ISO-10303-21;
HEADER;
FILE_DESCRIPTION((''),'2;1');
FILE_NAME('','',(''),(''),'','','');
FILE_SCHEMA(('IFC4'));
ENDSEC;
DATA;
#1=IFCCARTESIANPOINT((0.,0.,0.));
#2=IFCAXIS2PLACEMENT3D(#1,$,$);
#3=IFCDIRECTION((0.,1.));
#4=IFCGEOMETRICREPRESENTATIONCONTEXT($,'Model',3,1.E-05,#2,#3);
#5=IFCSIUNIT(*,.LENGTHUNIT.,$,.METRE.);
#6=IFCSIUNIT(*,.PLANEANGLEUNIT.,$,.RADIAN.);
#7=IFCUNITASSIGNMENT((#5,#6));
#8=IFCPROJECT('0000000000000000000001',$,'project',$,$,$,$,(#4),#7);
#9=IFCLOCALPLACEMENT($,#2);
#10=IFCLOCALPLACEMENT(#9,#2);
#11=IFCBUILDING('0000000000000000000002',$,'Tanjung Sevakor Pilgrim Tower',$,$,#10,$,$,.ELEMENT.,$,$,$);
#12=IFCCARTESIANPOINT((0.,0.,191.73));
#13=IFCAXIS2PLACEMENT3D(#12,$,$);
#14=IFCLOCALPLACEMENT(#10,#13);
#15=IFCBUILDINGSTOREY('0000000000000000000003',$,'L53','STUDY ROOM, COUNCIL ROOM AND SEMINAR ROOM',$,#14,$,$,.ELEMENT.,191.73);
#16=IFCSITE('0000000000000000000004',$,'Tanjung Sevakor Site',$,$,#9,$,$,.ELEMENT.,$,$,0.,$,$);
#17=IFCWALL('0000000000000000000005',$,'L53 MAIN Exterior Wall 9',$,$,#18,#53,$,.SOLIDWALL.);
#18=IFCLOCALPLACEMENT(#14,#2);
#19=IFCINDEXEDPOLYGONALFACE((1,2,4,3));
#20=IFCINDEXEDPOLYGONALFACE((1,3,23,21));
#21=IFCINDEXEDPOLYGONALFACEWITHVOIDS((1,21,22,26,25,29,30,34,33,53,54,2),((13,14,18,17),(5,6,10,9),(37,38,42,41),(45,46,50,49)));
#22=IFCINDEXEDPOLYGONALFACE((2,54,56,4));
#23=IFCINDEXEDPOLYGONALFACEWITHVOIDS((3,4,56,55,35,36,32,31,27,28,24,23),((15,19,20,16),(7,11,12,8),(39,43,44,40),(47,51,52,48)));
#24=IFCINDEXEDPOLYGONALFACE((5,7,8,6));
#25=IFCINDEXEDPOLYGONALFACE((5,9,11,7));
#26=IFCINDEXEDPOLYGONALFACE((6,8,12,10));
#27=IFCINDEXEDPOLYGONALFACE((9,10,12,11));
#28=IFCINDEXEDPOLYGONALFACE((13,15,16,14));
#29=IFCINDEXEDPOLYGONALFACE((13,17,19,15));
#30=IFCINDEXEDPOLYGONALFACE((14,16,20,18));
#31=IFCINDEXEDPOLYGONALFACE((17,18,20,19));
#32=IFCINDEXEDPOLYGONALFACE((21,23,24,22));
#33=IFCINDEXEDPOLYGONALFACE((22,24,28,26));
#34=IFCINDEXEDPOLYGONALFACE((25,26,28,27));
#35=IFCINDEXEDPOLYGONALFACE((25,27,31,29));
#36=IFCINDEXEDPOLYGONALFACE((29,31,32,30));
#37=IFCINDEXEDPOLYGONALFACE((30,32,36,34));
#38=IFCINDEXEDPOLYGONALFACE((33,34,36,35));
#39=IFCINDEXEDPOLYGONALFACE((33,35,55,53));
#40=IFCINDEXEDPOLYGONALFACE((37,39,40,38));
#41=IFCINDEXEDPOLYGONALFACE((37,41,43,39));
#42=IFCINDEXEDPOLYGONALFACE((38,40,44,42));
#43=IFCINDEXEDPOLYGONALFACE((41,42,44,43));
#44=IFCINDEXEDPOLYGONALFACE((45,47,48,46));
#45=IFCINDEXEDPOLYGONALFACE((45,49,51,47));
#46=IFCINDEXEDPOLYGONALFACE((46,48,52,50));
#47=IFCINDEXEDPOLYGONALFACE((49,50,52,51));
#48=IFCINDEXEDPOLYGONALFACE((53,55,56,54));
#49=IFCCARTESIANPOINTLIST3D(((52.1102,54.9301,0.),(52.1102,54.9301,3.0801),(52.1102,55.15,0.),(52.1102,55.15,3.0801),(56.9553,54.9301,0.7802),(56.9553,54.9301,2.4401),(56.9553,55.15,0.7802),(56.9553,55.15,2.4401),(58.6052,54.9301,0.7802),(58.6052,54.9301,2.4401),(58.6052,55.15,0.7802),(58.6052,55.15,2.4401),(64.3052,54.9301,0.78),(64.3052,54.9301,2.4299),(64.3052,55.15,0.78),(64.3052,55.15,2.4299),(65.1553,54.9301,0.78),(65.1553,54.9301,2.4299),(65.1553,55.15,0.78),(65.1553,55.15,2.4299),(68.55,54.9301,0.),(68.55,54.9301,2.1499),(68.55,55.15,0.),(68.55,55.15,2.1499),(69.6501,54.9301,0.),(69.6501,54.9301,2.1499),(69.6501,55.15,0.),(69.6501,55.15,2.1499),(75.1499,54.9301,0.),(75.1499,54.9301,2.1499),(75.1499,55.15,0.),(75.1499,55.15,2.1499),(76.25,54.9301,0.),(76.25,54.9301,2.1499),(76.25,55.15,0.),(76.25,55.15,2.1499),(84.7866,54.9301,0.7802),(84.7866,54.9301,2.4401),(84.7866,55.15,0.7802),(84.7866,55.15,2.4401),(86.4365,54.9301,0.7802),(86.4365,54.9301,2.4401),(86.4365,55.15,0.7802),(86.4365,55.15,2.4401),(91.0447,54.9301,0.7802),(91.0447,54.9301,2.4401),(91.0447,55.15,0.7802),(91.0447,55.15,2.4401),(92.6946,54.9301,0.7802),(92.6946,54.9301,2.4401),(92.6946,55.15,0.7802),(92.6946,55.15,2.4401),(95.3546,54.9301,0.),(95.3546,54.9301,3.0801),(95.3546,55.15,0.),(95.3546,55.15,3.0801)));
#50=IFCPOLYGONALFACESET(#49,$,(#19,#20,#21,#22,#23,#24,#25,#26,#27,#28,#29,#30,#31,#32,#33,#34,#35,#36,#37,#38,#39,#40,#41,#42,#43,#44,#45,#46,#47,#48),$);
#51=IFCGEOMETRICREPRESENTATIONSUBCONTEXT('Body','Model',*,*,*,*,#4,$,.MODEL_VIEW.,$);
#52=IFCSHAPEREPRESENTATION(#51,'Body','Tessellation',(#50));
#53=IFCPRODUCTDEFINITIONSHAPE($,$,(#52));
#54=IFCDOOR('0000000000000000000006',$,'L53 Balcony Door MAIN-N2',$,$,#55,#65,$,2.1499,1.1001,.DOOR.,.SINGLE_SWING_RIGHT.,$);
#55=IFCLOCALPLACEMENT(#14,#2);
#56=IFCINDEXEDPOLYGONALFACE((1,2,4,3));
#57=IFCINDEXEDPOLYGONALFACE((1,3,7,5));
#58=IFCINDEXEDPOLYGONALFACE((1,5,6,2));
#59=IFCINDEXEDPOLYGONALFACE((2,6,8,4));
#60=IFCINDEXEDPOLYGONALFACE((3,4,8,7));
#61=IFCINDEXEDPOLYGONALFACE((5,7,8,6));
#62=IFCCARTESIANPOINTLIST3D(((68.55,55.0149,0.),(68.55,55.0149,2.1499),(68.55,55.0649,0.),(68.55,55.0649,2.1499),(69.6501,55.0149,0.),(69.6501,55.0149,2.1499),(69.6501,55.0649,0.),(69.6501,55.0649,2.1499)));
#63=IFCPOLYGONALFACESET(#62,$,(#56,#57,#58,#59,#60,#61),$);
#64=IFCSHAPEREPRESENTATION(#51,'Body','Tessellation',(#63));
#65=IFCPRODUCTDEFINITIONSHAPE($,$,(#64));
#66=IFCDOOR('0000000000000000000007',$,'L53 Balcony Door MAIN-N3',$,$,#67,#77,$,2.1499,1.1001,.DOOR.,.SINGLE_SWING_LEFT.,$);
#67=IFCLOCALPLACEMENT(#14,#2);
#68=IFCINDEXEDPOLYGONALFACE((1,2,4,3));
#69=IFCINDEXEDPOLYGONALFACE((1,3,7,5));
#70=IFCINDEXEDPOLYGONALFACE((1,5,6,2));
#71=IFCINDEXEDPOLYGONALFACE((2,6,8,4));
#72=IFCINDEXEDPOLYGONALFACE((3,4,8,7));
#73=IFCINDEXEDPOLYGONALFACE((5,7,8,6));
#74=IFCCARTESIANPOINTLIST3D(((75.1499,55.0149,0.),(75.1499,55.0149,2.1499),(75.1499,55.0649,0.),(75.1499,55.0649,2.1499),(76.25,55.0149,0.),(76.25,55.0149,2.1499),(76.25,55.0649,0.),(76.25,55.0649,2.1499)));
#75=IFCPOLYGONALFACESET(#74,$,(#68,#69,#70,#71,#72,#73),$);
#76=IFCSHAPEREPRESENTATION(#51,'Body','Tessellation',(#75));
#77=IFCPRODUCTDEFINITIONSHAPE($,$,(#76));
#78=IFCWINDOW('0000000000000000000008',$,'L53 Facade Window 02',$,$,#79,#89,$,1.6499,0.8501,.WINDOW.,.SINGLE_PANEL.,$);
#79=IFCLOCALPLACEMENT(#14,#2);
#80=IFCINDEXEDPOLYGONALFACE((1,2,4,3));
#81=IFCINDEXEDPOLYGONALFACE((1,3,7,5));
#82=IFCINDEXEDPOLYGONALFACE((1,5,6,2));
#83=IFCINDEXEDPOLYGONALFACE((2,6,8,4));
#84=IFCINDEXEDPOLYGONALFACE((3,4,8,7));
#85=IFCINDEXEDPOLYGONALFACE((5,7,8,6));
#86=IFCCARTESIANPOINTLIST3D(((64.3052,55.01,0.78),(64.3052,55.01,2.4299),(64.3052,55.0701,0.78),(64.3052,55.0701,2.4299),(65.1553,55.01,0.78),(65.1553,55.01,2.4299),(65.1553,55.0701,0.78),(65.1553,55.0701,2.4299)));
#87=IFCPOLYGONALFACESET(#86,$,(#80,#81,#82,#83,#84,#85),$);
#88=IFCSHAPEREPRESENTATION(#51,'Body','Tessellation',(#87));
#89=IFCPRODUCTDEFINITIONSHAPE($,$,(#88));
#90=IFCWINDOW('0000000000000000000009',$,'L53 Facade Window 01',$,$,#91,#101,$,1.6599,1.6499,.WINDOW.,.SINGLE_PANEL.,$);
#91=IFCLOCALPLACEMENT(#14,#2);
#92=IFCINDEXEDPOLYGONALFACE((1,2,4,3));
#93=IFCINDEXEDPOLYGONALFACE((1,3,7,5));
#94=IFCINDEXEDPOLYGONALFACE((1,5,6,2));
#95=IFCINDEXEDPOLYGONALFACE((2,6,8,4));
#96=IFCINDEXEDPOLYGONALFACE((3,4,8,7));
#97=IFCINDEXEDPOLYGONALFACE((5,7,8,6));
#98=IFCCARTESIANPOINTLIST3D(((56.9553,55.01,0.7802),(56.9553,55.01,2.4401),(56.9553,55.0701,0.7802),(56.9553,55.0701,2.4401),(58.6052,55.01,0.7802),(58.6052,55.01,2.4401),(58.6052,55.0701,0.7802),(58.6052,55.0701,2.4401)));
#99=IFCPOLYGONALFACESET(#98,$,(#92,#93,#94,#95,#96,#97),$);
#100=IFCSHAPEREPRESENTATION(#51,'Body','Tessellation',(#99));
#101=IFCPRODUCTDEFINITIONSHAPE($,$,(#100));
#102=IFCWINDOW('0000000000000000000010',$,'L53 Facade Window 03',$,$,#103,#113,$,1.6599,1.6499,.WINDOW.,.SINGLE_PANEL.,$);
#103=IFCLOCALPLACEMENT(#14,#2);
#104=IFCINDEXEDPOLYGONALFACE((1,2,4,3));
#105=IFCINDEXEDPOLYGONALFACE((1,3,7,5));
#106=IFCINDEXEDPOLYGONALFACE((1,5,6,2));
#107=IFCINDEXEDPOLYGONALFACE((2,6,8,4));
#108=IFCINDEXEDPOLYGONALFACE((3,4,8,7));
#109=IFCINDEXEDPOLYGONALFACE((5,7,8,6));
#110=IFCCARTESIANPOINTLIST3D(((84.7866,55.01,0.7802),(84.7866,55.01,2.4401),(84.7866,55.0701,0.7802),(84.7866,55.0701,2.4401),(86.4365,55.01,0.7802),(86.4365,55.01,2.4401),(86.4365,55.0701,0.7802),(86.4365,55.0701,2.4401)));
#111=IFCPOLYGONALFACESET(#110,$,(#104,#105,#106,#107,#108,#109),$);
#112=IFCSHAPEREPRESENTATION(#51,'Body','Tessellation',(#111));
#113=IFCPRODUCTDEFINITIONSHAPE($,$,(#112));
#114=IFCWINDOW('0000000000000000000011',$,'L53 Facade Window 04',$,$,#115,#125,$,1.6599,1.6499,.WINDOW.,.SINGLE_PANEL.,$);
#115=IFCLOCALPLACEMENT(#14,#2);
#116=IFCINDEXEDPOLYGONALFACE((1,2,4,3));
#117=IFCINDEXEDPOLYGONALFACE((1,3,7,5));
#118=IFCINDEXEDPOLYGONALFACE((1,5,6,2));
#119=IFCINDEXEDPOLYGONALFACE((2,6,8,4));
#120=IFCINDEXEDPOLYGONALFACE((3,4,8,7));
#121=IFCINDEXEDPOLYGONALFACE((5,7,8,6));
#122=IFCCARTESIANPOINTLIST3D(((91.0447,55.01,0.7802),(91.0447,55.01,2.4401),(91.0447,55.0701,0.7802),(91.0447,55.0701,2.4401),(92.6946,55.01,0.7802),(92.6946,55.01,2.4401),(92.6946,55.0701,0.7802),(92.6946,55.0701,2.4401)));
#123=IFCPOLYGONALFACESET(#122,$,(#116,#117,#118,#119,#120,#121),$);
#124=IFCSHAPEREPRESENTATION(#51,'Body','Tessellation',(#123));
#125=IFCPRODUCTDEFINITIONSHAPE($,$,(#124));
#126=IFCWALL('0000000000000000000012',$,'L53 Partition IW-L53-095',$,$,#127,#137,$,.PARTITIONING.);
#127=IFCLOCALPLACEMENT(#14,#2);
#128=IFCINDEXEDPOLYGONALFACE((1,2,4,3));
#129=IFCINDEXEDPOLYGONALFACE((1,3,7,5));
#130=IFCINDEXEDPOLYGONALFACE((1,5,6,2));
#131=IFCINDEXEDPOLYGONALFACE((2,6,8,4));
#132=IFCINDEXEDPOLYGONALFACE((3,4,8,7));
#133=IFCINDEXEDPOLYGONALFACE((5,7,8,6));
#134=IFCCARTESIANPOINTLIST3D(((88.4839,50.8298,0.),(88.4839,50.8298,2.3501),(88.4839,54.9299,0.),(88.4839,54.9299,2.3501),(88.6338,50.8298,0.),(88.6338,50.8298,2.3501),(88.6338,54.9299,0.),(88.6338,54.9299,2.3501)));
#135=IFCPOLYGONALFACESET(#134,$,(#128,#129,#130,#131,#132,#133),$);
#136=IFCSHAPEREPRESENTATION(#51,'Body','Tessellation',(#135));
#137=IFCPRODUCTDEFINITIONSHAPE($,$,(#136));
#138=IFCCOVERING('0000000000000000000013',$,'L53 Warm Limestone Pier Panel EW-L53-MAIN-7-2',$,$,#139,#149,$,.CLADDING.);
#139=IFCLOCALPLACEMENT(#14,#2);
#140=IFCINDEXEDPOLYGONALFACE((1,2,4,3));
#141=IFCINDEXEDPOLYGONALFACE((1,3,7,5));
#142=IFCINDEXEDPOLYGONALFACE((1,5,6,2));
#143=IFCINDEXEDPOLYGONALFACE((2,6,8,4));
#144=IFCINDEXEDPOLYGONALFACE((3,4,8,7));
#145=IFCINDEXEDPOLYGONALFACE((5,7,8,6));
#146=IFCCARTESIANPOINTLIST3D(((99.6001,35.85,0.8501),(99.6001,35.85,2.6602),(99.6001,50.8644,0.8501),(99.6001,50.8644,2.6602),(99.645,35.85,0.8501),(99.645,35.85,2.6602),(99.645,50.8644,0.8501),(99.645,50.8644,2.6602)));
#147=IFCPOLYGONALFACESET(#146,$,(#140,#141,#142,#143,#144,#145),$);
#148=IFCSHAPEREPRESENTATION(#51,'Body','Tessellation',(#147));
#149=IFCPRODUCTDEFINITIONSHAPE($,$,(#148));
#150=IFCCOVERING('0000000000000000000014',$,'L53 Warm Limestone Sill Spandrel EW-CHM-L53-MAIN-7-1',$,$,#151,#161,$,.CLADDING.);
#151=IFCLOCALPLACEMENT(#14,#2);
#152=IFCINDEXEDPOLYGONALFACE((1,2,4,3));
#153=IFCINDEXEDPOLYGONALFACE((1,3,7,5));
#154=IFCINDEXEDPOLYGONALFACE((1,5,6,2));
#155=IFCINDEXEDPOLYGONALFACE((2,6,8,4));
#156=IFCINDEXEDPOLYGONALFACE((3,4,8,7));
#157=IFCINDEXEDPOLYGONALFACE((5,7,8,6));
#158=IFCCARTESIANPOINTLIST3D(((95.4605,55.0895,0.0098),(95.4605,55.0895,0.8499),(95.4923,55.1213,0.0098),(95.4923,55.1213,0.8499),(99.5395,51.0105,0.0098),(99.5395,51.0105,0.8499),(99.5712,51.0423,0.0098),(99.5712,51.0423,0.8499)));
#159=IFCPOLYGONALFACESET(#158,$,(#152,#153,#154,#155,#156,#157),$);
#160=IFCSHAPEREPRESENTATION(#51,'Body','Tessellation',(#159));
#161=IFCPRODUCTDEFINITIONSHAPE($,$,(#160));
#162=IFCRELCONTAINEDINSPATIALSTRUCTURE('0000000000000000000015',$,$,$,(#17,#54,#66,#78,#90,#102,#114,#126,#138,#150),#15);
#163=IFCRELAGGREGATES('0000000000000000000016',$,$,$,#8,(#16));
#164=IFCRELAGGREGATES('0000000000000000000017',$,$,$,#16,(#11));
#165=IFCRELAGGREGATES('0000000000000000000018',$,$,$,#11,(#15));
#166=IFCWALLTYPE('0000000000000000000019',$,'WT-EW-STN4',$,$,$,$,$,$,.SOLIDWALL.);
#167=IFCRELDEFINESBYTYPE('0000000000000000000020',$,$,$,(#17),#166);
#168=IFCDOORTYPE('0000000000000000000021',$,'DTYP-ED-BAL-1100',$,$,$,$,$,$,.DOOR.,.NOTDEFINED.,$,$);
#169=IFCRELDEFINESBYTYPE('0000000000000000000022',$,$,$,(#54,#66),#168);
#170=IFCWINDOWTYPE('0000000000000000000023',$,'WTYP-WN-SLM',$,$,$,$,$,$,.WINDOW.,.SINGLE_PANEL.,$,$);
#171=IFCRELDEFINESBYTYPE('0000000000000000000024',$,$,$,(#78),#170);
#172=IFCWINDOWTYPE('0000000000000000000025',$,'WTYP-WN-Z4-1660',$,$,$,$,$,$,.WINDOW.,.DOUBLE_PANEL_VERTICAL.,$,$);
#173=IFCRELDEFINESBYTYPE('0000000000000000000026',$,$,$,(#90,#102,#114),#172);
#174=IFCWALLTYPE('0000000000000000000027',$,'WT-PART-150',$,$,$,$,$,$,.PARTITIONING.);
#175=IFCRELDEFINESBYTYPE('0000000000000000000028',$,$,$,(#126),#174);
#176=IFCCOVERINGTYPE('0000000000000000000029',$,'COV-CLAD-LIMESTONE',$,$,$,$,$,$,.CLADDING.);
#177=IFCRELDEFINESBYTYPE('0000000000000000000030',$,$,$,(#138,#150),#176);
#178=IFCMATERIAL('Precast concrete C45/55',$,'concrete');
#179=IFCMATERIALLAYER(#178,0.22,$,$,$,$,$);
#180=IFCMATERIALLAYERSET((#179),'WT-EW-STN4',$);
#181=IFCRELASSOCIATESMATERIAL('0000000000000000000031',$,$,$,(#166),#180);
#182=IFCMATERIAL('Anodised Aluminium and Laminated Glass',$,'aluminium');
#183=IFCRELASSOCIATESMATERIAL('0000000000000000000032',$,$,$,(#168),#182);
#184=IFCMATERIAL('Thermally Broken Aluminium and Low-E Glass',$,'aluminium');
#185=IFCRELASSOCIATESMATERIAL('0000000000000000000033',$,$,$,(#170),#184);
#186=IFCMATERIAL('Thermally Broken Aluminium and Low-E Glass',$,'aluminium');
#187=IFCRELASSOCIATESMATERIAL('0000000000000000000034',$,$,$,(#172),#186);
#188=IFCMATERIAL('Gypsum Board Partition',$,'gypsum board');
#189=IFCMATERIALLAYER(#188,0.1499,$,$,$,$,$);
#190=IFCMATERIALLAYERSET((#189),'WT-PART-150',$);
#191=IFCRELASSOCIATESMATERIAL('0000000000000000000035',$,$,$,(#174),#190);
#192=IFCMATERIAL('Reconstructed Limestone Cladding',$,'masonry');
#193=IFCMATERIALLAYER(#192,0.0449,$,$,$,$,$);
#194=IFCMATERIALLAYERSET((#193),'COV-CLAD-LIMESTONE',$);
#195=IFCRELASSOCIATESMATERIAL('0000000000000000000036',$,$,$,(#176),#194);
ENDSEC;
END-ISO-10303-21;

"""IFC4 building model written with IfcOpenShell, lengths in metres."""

from ifc_helpers import new_model, si_unit, direction, frame, frame_2d, origin, origin_2d, place, context, subcontext, project, spatial, rectangle, extrude, material, layer, layer_set, type_object, element, fill, save


model = new_model("IFC4")

# Units and contexts
model_context = context("Model", 3, precision=1e-05, world=origin(), true_north=direction((0.0, 1.0)))
body_context = subcontext(model_context, "Body", "Model", "MODEL_VIEW")
ifc_project = project(units=[si_unit("LENGTHUNIT", "METRE"), si_unit("PLANEANGLEUNIT", "RADIAN")], contexts=[model_context])

# Site, building, storey
site_placement = place(None, origin())
site = spatial("IfcSite", under=ifc_project, at=site_placement, Name="Tanjung Sevakor Site", CompositionType="ELEMENT", RefElevation=0.0)
building_placement = place(site_placement, origin())
building = spatial("IfcBuilding", under=site, at=building_placement, Name="Tanjung Sevakor Pilgrim Tower", CompositionType="ELEMENT")
storey_placement = place(building_placement, frame((0.0, 0.0, 191.73)))
storey = spatial("IfcBuildingStorey", under=building, at=storey_placement, Name="L53", Description="STUDY ROOM, COUNCIL ROOM AND SEMINAR ROOM", CompositionType="ELEMENT", Elevation=191.73)

# Shared definitions
ifc_material_1 = material(Name="Precast concrete C45/55", Category="concrete")
ifc_layer_1 = layer(ifc_material_1, 0.22)
ifc_layer_set_1 = layer_set([ifc_layer_1], Name="WT-EW-STN4")
wall_type_1 = type_object("IfcWallType", Name="WT-EW-STN4", PredefinedType="SOLIDWALL", material=ifc_layer_set_1)

# Wall, openings, doors, windows
wall_1_placement = place(storey_placement, frame((95.3545, 55.04, 0.0), z_axis=(0.0, 0.0, 1.0), x_axis=(-1.0, 0.0, 0.0)))
wall_1 = element("IfcWall", 1, at=wall_1_placement, inside=storey, type_object=wall_type_1, Name="L53 MAIN Exterior Wall 9", PredefinedType="SOLIDWALL", context=body_context, shape_type="SweptSolid", body=[
    extrude(rectangle(XDim=43.2444, YDim=0.22, at=frame_2d((21.6221, 0.0))), origin(), (0.0, 0.0, 1.0), 3.0801),
])
opening_1_placement = place(wall_1_placement, frame((25.7043, 0.0, 0.0)))
opening_1 = element("IfcOpeningElement", 2, at=opening_1_placement, cuts=wall_1, PredefinedType="OPENING", context=body_context, shape_type="SweptSolid", body=[
    extrude(rectangle(XDim=1.1001, YDim=2.1499, at=frame_2d((0.55, 1.075))), frame((0.0, 0.1199, 0.0), z_axis=(0.0, -1.0, 0.0), x_axis=(1.0, 0.0, 0.0)), (0.0, 0.0, 1.0), 0.24),
])
opening_2_placement = place(wall_1_placement, frame((19.1045, 0.0, 0.0)))
opening_2 = element("IfcOpeningElement", 3, at=opening_2_placement, cuts=wall_1, PredefinedType="OPENING", context=body_context, shape_type="SweptSolid", body=[
    extrude(rectangle(XDim=1.1001, YDim=2.1499, at=frame_2d((0.55, 1.075))), frame((0.0, 0.1199, 0.0), z_axis=(0.0, -1.0, 0.0), x_axis=(1.0, 0.0, 0.0)), (0.0, 0.0, 1.0), 0.24),
])
opening_3_placement = place(wall_1_placement, frame((36.7493, 0.0, 0.78)))
opening_3 = element("IfcOpeningElement", 4, at=opening_3_placement, cuts=wall_1, PredefinedType="OPENING", context=body_context, shape_type="SweptSolid", body=[
    extrude(rectangle(XDim=1.6499, YDim=1.6599, at=frame_2d((0.825, 0.8301))), frame((0.0, 0.1199, 0.0), z_axis=(0.0, -1.0, 0.0), x_axis=(1.0, 0.0, 0.0)), (0.0, 0.0, 1.0), 0.24),
])
opening_4_placement = place(wall_1_placement, frame((30.1992, 0.0, 0.78)))
opening_4 = element("IfcOpeningElement", 5, at=opening_4_placement, cuts=wall_1, PredefinedType="OPENING", context=body_context, shape_type="SweptSolid", body=[
    extrude(rectangle(XDim=0.8501, YDim=1.6499, at=frame_2d((0.425, 0.825))), frame((0.0, 0.1199, 0.0), z_axis=(0.0, -1.0, 0.0), x_axis=(1.0, 0.0, 0.0)), (0.0, 0.0, 1.0), 0.24),
])
opening_5_placement = place(wall_1_placement, frame((8.918, 0.0, 0.78)))
opening_5 = element("IfcOpeningElement", 6, at=opening_5_placement, cuts=wall_1, PredefinedType="OPENING", context=body_context, shape_type="SweptSolid", body=[
    extrude(rectangle(XDim=1.6499, YDim=1.6599, at=frame_2d((0.825, 0.8301))), frame((0.0, 0.1199, 0.0), z_axis=(0.0, -1.0, 0.0), x_axis=(1.0, 0.0, 0.0)), (0.0, 0.0, 1.0), 0.24),
])
opening_6_placement = place(wall_1_placement, frame((2.6599, 0.0, 0.78)))
opening_6 = element("IfcOpeningElement", 7, at=opening_6_placement, cuts=wall_1, PredefinedType="OPENING", context=body_context, shape_type="SweptSolid", body=[
    extrude(rectangle(XDim=1.6499, YDim=1.6599, at=frame_2d((0.825, 0.8301))), frame((0.0, 0.1199, 0.0), z_axis=(0.0, -1.0, 0.0), x_axis=(1.0, 0.0, 0.0)), (0.0, 0.0, 1.0), 0.24),
])
ifc_material_2 = material(Name="Anodised Aluminium and Laminated Glass", Category="aluminium")
door_type = type_object("IfcDoorType", Name="DTYP-ED-BAL-1100", OperationType="NOTDEFINED", PredefinedType="DOOR", material=ifc_material_2)
door_1_placement = place(opening_1_placement, frame((1.1001, 0.0, 0.0), z_axis=(0.0, 0.0, 1.0), x_axis=(-1.0, 0.0, 0.0)))
door_1 = element("IfcDoor", 8, at=door_1_placement, inside=storey, type_object=door_type, Name="L53 Balcony Door MAIN-N2", OperationType="SINGLE_SWING_RIGHT", OverallHeight=2.1499, OverallWidth=1.1001, PredefinedType="DOOR", context=body_context, shape_type="SweptSolid", body=[
    extrude(rectangle(XDim=1.1001, YDim=2.1499, at=frame_2d((0.55, 1.075))), frame((0.0, 0.0249, 0.0), z_axis=(0.0, -1.0, 0.0), x_axis=(1.0, 0.0, 0.0)), (0.0, 0.0, 1.0), 0.05),
])
fill(opening_1, door_1)
door_2_placement = place(opening_2_placement, frame((1.1001, 0.0, 0.0), z_axis=(0.0, 0.0, 1.0), x_axis=(-1.0, 0.0, 0.0)))
door_2 = element("IfcDoor", 9, at=door_2_placement, inside=storey, type_object=door_type, Name="L53 Balcony Door MAIN-N3", OperationType="SINGLE_SWING_LEFT", OverallHeight=2.1499, OverallWidth=1.1001, PredefinedType="DOOR", context=body_context, shape_type="SweptSolid", body=[
    extrude(rectangle(XDim=1.1001, YDim=2.1499, at=frame_2d((0.55, 1.075))), frame((0.0, 0.0249, 0.0), z_axis=(0.0, -1.0, 0.0), x_axis=(1.0, 0.0, 0.0)), (0.0, 0.0, 1.0), 0.05),
])
fill(opening_2, door_2)
ifc_material_3 = material(Name="Thermally Broken Aluminium and Low-E Glass", Category="aluminium")
window_type_1 = type_object("IfcWindowType", Name="WTYP-WN-SLM", PartitioningType="SINGLE_PANEL", PredefinedType="WINDOW", material=ifc_material_3)
window_1_placement = place(opening_4_placement, origin())
window_1 = element("IfcWindow", 10, at=window_1_placement, inside=storey, type_object=window_type_1, Name="L53 Facade Window 02", OverallHeight=1.6499, OverallWidth=0.8501, PartitioningType="SINGLE_PANEL", PredefinedType="WINDOW", context=body_context, shape_type="SweptSolid", body=[
    extrude(rectangle(XDim=0.8501, YDim=1.6499, at=frame_2d((0.425, 0.825))), frame((0.0, 0.03, 0.0), z_axis=(0.0, -1.0, 0.0), x_axis=(1.0, 0.0, 0.0)), (0.0, 0.0, 1.0), 0.0601),
])
fill(opening_4, window_1)
ifc_material_4 = material(Name="Thermally Broken Aluminium and Low-E Glass", Category="aluminium")
window_type_2 = type_object("IfcWindowType", Name="WTYP-WN-Z4-1660", PartitioningType="DOUBLE_PANEL_VERTICAL", PredefinedType="WINDOW", material=ifc_material_4)
window_2_placement = place(opening_3_placement, origin())
window_2 = element("IfcWindow", 11, at=window_2_placement, inside=storey, type_object=window_type_2, Name="L53 Facade Window 01", OverallHeight=1.6599, OverallWidth=1.6499, PartitioningType="SINGLE_PANEL", PredefinedType="WINDOW", context=body_context, shape_type="SweptSolid", body=[
    extrude(rectangle(XDim=1.6499, YDim=1.6599, at=frame_2d((0.825, 0.8301))), frame((0.0, 0.03, 0.0), z_axis=(0.0, -1.0, 0.0), x_axis=(1.0, 0.0, 0.0)), (0.0, 0.0, 1.0), 0.0601),
])
fill(opening_3, window_2)
window_3_placement = place(opening_5_placement, origin())
window_3 = element("IfcWindow", 12, at=window_3_placement, inside=storey, type_object=window_type_2, Name="L53 Facade Window 03", OverallHeight=1.6599, OverallWidth=1.6499, PartitioningType="SINGLE_PANEL", PredefinedType="WINDOW", context=body_context, shape_type="SweptSolid", body=[
    extrude(rectangle(XDim=1.6499, YDim=1.6599, at=frame_2d((0.825, 0.8301))), frame((0.0, 0.03, 0.0), z_axis=(0.0, -1.0, 0.0), x_axis=(1.0, 0.0, 0.0)), (0.0, 0.0, 1.0), 0.0601),
])
fill(opening_5, window_3)
window_4_placement = place(opening_6_placement, origin())
window_4 = element("IfcWindow", 13, at=window_4_placement, inside=storey, type_object=window_type_2, Name="L53 Facade Window 04", OverallHeight=1.6599, OverallWidth=1.6499, PartitioningType="SINGLE_PANEL", PredefinedType="WINDOW", context=body_context, shape_type="SweptSolid", body=[
    extrude(rectangle(XDim=1.6499, YDim=1.6599, at=frame_2d((0.825, 0.8301))), frame((0.0, 0.03, 0.0), z_axis=(0.0, -1.0, 0.0), x_axis=(1.0, 0.0, 0.0)), (0.0, 0.0, 1.0), 0.0601),
])
fill(opening_6, window_4)

# Wall
ifc_material_5 = material(Name="Gypsum Board Partition", Category="gypsum board")
ifc_layer_2 = layer(ifc_material_5, 0.1499)
ifc_layer_set_2 = layer_set([ifc_layer_2], Name="WT-PART-150")
wall_type_2 = type_object("IfcWallType", Name="WT-PART-150", PredefinedType="PARTITIONING", material=ifc_layer_set_2)
wall_2_placement = place(storey_placement, frame((88.5588, 50.8298, 0.0), z_axis=(0.0, 0.0, 1.0), x_axis=(0.0, 1.0, 0.0)))
element("IfcWall", 14, at=wall_2_placement, inside=storey, type_object=wall_type_2, Name="L53 Partition IW-L53-095", PredefinedType="PARTITIONING", context=body_context, shape_type="SweptSolid", body=[
    extrude(rectangle(XDim=4.1001, YDim=0.1499, at=frame_2d((2.05, 0.0))), origin(), (0.0, 0.0, 1.0), 2.3501),
])

# Coverings
ifc_material_6 = material(Name="Reconstructed Limestone Cladding", Category="masonry")
ifc_layer_3 = layer(ifc_material_6, 0.0449)
ifc_layer_set_3 = layer_set([ifc_layer_3], Name="COV-CLAD-LIMESTONE")
covering_type = type_object("IfcCoveringType", Name="COV-CLAD-LIMESTONE", PredefinedType="CLADDING", material=ifc_layer_set_3)
covering_1_placement = place(storey_placement, frame((99.6226, 43.3572, 0.8501), z_axis=(0.0, 0.0, 1.0), x_axis=(0.0, 1.0, 0.0)))
element("IfcCovering", 15, at=covering_1_placement, inside=storey, type_object=covering_type, Name="L53 Warm Limestone Pier Panel EW-L53-MAIN-7-2", PredefinedType="CLADDING", context=body_context, shape_type="SweptSolid", body=[
    extrude(rectangle(XDim=15.0144, YDim=0.0449, at=origin_2d()), origin(), (0.0, 0.0, 1.0), 1.8101),
])
covering_2_placement = place(storey_placement, frame((97.5159, 53.0659, 0.0098), z_axis=(0.0, 0.0, 1.0), x_axis=(-0.707107, 0.707107, 0.0)))
element("IfcCovering", 16, at=covering_2_placement, inside=storey, type_object=covering_type, Name="L53 Warm Limestone Sill Spandrel EW-CHM-L53-MAIN-7-1", PredefinedType="CLADDING", context=body_context, shape_type="SweptSolid", body=[
    extrude(rectangle(XDim=5.7686, YDim=0.0449, at=origin_2d()), origin(), (0.0, 0.0, 1.0), 0.8401),
])

save(model, "model.ifc")
